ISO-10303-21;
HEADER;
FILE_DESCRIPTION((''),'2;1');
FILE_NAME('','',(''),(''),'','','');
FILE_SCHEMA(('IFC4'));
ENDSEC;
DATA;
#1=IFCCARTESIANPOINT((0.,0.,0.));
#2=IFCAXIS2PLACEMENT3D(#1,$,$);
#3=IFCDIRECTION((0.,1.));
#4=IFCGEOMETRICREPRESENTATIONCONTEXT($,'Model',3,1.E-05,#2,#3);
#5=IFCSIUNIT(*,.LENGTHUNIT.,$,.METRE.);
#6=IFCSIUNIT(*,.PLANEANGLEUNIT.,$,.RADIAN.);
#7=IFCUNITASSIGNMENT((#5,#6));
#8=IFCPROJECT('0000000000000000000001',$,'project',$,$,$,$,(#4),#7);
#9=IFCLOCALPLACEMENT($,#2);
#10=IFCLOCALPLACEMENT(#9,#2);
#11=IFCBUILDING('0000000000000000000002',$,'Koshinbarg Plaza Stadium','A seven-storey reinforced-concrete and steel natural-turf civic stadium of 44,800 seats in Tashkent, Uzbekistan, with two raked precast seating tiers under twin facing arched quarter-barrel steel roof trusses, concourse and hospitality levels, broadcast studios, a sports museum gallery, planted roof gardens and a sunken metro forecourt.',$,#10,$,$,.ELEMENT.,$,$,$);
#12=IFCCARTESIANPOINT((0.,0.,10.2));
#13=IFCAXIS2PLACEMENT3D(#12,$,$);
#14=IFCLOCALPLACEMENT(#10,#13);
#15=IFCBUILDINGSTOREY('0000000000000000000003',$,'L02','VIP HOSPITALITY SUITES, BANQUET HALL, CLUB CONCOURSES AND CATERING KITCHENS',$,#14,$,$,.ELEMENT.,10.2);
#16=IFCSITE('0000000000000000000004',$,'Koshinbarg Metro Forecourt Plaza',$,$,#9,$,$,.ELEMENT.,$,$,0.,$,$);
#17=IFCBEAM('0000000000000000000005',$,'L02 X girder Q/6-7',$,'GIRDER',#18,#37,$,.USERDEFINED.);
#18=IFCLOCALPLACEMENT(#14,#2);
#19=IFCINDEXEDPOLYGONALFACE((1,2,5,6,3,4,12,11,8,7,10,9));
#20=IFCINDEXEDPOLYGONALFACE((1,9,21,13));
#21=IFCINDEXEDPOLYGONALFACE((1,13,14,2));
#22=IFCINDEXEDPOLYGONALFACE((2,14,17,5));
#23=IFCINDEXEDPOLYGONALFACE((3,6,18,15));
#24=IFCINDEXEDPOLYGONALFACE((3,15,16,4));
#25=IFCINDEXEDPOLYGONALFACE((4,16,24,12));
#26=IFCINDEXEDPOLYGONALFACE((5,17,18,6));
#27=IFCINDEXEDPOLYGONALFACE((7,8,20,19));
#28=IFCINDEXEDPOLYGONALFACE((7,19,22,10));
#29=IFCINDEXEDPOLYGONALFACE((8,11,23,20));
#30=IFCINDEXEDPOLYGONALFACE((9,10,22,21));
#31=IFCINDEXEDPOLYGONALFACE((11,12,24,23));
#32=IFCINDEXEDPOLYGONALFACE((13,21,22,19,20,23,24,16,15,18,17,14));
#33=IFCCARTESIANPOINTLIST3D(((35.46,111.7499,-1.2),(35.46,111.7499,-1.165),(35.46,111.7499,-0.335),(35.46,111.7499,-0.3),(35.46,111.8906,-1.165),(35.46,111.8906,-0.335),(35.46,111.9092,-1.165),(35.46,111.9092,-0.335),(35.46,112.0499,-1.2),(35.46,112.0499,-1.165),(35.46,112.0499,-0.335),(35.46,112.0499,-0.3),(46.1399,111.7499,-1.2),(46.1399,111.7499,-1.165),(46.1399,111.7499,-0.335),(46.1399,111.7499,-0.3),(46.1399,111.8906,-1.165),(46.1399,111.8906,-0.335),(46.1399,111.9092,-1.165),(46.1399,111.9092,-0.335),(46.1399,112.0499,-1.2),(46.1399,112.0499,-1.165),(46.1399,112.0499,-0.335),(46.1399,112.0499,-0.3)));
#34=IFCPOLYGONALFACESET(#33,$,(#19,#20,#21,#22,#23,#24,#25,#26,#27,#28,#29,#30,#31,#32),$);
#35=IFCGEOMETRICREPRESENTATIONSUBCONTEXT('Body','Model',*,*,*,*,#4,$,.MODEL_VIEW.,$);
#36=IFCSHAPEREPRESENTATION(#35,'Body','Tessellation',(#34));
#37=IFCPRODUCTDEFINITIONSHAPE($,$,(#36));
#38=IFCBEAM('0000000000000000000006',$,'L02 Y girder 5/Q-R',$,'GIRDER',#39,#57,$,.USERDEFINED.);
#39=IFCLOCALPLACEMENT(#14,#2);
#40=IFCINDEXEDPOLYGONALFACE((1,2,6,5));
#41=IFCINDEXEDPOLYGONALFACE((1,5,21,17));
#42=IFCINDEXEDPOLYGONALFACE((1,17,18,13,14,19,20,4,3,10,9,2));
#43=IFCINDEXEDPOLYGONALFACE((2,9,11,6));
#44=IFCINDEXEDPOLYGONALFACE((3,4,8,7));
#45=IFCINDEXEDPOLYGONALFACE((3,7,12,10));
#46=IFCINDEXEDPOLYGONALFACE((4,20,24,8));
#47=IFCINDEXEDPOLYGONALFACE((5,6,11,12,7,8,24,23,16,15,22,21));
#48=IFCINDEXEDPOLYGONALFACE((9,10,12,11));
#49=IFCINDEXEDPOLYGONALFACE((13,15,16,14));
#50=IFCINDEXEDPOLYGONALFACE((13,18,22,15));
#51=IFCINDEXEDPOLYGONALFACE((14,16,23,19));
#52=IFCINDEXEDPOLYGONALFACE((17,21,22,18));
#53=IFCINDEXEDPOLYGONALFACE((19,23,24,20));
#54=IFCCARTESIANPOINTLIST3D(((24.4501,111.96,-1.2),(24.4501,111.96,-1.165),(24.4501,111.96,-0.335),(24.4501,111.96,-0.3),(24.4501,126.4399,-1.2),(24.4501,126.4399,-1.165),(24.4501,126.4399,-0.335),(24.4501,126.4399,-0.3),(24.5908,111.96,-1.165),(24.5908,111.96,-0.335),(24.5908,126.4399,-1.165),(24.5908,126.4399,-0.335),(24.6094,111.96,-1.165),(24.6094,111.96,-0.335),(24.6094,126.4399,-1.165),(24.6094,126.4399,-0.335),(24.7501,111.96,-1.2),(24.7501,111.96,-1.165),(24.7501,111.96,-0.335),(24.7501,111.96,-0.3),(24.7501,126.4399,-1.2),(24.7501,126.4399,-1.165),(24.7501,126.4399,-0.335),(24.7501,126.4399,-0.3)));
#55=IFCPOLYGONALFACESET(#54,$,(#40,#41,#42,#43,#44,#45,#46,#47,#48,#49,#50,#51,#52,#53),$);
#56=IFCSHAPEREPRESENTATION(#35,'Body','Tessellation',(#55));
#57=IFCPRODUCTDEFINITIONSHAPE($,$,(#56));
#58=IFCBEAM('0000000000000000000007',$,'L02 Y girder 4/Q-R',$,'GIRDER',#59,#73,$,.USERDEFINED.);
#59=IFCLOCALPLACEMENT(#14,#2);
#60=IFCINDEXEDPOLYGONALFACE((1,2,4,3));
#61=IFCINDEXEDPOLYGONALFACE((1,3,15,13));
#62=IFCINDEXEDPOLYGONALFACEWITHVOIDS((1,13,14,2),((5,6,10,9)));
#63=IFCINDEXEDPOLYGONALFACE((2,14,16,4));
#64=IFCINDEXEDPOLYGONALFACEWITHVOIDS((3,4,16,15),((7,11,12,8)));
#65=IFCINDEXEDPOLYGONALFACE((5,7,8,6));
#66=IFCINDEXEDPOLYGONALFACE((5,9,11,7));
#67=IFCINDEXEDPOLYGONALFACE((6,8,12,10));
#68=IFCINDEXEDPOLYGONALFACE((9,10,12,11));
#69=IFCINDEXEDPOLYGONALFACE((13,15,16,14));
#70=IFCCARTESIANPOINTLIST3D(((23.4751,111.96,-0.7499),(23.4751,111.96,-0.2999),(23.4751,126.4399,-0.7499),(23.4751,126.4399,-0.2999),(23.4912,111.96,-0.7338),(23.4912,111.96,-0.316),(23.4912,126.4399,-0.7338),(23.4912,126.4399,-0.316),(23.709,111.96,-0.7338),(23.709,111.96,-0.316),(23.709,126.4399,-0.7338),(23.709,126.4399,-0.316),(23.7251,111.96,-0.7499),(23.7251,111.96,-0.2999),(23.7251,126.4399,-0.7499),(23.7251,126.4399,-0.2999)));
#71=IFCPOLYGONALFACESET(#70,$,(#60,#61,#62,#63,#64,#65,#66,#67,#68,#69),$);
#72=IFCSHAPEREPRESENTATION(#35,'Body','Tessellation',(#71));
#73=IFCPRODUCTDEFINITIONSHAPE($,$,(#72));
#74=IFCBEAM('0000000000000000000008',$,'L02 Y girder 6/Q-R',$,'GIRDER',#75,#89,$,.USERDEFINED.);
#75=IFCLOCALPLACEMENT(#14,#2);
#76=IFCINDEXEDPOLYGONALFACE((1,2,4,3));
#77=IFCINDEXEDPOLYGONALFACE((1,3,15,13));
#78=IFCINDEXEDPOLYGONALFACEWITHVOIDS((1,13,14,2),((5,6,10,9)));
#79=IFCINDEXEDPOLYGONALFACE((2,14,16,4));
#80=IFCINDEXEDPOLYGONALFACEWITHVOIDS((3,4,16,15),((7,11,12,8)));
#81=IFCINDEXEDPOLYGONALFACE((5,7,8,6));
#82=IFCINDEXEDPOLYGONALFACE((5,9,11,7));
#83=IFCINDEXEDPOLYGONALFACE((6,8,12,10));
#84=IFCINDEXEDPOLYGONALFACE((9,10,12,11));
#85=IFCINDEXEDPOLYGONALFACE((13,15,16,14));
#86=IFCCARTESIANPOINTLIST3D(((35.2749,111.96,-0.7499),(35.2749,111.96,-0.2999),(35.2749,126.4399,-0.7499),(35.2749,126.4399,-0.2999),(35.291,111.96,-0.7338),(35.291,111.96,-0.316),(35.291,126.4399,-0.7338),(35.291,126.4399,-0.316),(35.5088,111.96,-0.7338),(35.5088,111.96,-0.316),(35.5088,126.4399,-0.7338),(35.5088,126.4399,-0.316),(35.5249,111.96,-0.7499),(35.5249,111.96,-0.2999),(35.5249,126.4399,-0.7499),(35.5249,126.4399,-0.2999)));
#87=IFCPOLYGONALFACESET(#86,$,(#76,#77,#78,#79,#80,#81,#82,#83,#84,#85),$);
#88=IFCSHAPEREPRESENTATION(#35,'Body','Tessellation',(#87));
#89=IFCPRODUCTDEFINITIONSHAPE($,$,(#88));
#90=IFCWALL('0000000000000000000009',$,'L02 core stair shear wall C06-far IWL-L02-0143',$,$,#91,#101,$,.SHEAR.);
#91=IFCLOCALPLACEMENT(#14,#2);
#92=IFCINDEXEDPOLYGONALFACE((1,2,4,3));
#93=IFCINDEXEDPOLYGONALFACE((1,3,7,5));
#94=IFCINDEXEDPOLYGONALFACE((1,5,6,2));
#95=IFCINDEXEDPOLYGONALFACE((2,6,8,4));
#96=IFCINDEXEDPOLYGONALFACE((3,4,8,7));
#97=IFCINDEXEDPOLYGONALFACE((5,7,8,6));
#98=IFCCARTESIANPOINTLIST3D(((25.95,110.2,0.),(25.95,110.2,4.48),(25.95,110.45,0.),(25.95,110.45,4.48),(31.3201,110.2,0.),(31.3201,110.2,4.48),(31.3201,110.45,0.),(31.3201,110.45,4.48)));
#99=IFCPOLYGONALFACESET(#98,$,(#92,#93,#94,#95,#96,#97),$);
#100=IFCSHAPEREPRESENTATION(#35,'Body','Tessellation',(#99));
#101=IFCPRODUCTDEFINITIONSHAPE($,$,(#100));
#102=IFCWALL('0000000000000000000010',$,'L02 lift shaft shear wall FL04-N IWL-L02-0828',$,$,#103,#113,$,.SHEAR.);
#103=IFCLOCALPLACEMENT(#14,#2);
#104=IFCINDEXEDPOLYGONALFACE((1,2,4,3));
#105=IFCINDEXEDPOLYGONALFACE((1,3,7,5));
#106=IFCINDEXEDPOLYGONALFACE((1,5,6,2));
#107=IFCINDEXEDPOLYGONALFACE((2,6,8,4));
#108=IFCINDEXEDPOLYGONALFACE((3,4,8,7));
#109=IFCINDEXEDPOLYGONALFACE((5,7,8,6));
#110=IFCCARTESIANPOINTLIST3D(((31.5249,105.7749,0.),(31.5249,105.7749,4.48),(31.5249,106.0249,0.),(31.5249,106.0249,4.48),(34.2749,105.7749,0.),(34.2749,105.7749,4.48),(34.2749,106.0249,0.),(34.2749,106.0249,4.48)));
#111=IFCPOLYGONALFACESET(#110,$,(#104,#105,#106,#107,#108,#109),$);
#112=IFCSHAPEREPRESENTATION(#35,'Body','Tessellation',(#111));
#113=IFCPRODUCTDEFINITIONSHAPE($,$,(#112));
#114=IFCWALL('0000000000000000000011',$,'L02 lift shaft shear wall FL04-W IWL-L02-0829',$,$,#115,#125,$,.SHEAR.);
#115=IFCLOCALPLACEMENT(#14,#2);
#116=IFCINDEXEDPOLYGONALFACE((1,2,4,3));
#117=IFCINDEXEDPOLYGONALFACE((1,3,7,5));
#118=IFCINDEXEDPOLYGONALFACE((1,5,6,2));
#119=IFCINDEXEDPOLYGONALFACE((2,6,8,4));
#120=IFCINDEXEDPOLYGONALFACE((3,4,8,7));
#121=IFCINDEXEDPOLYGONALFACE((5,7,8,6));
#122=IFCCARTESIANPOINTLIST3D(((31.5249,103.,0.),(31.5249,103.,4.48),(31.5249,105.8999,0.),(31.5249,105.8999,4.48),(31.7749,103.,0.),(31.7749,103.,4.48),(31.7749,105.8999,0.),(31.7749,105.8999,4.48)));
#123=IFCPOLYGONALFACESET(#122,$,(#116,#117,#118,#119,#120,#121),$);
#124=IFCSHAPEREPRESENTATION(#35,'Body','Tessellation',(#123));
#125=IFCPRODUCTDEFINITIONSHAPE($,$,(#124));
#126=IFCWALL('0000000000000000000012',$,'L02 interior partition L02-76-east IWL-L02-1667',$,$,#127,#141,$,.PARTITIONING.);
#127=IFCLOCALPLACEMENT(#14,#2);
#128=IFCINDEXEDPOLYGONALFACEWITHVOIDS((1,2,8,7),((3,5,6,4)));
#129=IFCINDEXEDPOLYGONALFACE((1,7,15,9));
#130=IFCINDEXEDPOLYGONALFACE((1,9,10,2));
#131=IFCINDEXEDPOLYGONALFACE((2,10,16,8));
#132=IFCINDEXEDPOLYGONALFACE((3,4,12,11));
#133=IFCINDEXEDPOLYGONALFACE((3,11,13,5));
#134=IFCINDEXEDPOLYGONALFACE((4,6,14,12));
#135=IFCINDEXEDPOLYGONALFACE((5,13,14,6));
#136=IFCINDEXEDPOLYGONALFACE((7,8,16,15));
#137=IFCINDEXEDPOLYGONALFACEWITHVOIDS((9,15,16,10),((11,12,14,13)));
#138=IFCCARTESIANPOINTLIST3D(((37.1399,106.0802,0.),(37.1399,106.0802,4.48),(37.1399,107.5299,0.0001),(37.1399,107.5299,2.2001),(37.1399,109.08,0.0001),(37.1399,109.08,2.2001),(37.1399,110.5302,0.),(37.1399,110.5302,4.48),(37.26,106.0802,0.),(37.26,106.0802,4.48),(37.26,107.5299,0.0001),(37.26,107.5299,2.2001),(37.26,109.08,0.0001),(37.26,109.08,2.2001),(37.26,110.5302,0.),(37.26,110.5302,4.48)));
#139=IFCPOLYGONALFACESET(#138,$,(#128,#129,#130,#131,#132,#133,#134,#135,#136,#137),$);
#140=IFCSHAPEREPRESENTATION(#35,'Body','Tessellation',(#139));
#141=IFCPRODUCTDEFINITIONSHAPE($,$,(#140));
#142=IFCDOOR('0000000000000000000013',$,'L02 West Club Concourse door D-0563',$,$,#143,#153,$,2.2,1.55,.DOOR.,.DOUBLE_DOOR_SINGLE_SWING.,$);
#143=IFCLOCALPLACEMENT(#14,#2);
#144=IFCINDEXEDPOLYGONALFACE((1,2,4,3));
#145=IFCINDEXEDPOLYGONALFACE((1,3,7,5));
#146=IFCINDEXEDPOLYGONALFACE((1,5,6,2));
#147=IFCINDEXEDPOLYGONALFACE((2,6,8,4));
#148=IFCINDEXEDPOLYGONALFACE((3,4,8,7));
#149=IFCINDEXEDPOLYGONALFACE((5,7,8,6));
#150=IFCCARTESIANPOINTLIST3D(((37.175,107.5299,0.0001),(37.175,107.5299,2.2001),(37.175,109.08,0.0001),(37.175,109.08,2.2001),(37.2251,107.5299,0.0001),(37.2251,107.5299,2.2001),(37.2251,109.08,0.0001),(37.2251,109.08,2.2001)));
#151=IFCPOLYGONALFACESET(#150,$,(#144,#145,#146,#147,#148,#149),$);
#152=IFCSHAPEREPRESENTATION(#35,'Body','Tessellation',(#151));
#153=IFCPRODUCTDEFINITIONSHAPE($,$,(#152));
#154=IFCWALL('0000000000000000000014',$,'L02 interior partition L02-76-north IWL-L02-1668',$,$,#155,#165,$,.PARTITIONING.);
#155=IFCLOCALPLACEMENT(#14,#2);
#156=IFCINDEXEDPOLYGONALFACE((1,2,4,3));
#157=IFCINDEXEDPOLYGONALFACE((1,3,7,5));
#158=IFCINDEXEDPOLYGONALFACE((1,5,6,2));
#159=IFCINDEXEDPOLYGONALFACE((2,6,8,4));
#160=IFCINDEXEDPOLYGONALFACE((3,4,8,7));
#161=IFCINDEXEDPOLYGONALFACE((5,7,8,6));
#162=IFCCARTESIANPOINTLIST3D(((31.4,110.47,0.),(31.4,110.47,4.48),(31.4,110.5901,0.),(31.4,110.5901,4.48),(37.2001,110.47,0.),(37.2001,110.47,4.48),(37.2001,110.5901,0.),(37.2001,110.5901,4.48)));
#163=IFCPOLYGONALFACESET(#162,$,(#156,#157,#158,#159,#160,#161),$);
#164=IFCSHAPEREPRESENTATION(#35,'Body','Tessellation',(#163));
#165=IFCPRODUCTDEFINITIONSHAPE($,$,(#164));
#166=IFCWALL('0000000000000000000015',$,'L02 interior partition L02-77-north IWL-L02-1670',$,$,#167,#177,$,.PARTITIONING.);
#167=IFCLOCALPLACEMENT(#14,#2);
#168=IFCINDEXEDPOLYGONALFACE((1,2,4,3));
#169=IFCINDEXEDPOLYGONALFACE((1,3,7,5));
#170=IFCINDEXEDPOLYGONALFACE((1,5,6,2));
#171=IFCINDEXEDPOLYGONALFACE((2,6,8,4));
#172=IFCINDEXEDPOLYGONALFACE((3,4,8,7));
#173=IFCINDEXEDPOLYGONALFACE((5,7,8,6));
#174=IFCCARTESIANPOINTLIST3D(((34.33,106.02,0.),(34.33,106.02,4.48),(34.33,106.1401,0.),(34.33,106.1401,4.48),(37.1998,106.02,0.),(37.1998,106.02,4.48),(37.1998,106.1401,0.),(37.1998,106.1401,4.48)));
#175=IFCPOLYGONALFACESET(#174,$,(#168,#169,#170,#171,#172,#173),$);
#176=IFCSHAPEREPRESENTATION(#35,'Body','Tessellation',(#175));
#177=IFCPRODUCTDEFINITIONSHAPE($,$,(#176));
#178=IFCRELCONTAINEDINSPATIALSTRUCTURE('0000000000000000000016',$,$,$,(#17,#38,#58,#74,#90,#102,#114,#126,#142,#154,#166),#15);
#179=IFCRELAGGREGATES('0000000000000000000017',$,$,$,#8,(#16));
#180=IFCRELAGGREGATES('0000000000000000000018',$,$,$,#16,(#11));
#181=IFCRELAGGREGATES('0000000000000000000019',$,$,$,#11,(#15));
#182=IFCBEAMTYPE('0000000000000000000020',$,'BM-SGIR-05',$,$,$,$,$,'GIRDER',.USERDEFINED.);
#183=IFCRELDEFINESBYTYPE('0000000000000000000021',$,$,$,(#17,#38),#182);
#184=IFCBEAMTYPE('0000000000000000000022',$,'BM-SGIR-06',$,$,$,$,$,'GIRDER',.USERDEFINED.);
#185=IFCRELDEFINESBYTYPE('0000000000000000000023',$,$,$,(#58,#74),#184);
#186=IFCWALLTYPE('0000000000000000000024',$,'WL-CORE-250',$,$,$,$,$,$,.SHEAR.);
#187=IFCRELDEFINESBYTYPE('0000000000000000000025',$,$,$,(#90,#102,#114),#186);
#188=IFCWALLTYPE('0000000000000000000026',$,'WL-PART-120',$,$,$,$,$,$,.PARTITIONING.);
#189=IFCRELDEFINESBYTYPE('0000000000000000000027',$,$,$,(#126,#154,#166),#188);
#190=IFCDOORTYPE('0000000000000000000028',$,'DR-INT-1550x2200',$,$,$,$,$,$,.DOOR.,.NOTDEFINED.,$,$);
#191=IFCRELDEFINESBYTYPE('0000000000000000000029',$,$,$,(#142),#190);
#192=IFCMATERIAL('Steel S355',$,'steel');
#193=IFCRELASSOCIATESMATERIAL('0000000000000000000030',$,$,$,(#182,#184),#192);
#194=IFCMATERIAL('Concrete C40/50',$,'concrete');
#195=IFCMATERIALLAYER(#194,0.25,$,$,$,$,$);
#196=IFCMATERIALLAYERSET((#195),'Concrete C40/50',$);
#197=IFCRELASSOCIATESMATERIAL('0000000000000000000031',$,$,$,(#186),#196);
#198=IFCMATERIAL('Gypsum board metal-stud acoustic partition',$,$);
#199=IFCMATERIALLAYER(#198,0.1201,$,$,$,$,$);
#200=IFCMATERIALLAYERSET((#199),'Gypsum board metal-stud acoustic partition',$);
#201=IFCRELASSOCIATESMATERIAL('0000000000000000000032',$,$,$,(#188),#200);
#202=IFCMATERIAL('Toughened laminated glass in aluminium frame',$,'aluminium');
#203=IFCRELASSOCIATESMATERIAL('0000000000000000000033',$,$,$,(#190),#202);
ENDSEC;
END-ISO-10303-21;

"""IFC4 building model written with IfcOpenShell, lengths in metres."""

from ifc_helpers import new_model, si_unit, direction, frame, frame_2d, origin, origin_2d, place, context, subcontext, project, spatial, rectangle, hollow_rectangle, i_section, extrude, material, layer, layer_set, material_profile, profile_set, type_object, element, fill, save


model = new_model("IFC4")

# Units and contexts
model_context = context("Model", 3, precision=1e-05, world=origin(), true_north=direction((0.0, 1.0)))
body_context = subcontext(model_context, "Body", "Model", "MODEL_VIEW")
ifc_project = project(units=[si_unit("LENGTHUNIT", "METRE"), si_unit("PLANEANGLEUNIT", "RADIAN")], contexts=[model_context])

# Site, building, storey
site_placement = place(None, origin())
site = spatial("IfcSite", under=ifc_project, at=site_placement, Name="Koshinbarg Metro Forecourt Plaza", CompositionType="ELEMENT", RefElevation=0.0)
building_placement = place(site_placement, origin())
building = spatial("IfcBuilding", under=site, at=building_placement, Name="Koshinbarg Plaza Stadium", Description="A seven-storey reinforced-concrete and steel natural-turf civic stadium of 44,800 seats in Tashkent, Uzbekistan, with two raked precast seating tiers under twin facing arched quarter-barrel steel roof trusses, concourse and hospitality levels, broadcast studios, a sports museum gallery, planted roof gardens and a sunken metro forecourt.", CompositionType="ELEMENT")
storey_placement = place(building_placement, frame((0.0, 0.0, 10.2)))
storey = spatial("IfcBuildingStorey", under=building, at=storey_placement, Name="L02", Description="VIP HOSPITALITY SUITES, BANQUET HALL, CLUB CONCOURSES AND CATERING KITCHENS", CompositionType="ELEMENT", Elevation=10.2)

# Shared definitions
ifc_material_1 = material(Name="Concrete C40/50", Category="concrete")
ifc_material_2 = material(Name="Steel S355", Category="steel")

# Beams
ifc_material_profile_1 = material_profile(ifc_material_2, i_section(OverallWidth=0.3, OverallDepth=0.8999, WebThickness=0.0186, FlangeThickness=0.0349, at=origin_2d()), Name="HEB 900")
ifc_profile_set_1 = profile_set([ifc_material_profile_1], Name="Steel S355")
beam_type_1 = type_object("IfcBeamType", Name="BM-SGIR-05", ElementType="GIRDER", PredefinedType="USERDEFINED", material=ifc_profile_set_1)
beam_1_placement = place(storey_placement, frame((35.46, 111.8999, -0.75), z_axis=(1.0, 0.0, 0.0), x_axis=(0.0, 1.0, 0.0)))
element("IfcBeam", 1, at=beam_1_placement, inside=storey, type_object=beam_type_1, Name="L02 X girder Q/6-7", ObjectType="GIRDER", PredefinedType="USERDEFINED", context=body_context, shape_type="SweptSolid", body=[
    extrude(i_section(OverallWidth=0.3, OverallDepth=0.8999, WebThickness=0.0186, FlangeThickness=0.0349, at=origin_2d()), origin(), (0.0, 0.0, 1.0), 10.6799),
])
beam_2_placement = place(storey_placement, frame((24.6001, 111.96, -0.75), z_axis=(0.0, 1.0, 0.0), x_axis=(-1.0, 0.0, 0.0)))
element("IfcBeam", 2, at=beam_2_placement, inside=storey, type_object=beam_type_1, Name="L02 Y girder 5/Q-R", ObjectType="GIRDER", PredefinedType="USERDEFINED", context=body_context, shape_type="SweptSolid", body=[
    extrude(i_section(OverallWidth=0.3, OverallDepth=0.8999, WebThickness=0.0186, FlangeThickness=0.0349, at=origin_2d()), origin(), (0.0, 0.0, 1.0), 14.48),
])
ifc_material_profile_2 = material_profile(ifc_material_2, hollow_rectangle(XDim=0.25, YDim=0.45, WallThickness=0.0161, at=origin_2d()), Name="RHS 450x250x16")
ifc_profile_set_2 = profile_set([ifc_material_profile_2], Name="Steel S355")
beam_type_2 = type_object("IfcBeamType", Name="BM-SGIR-06", ElementType="GIRDER", PredefinedType="USERDEFINED", material=ifc_profile_set_2)
for number, where, z_axis, x_axis, name in (
    (3, (23.6001, 111.96, -0.5249), (0.0, 1.0, 0.0), (-1.0, 0.0, 0.0), "L02 Y girder 4/Q-R"),
    (4, (35.3999, 111.96, -0.5249), (0.0, 1.0, 0.0), (-1.0, 0.0, 0.0), "L02 Y girder 6/Q-R"),
):
    element("IfcBeam", number, at=place(storey_placement, frame(where, z_axis=z_axis, x_axis=x_axis)), inside=storey, type_object=beam_type_2, Name=name, ObjectType="GIRDER", PredefinedType="USERDEFINED", context=body_context, shape_type="SweptSolid", body=[
        extrude(hollow_rectangle(XDim=0.25, YDim=0.45, WallThickness=0.0161, at=origin_2d()), origin(), (0.0, 0.0, 1.0), 14.48),
    ])

# Walls
ifc_layer_1 = layer(ifc_material_1, 0.25)
ifc_layer_set_1 = layer_set([ifc_layer_1], Name="Concrete C40/50")
wall_type_1 = type_object("IfcWallType", Name="WL-CORE-250", PredefinedType="SHEAR", material=ifc_layer_set_1)
wall_1_placement = place(storey_placement, frame((31.3201, 110.325, 0.0), z_axis=(0.0, 0.0, 1.0), x_axis=(-1.0, 0.0, 0.0)))
element("IfcWall", 5, at=wall_1_placement, inside=storey, type_object=wall_type_1, Name="L02 core stair shear wall C06-far IWL-L02-0143", PredefinedType="SHEAR", context=body_context, shape_type="SweptSolid", body=[
    extrude(rectangle(XDim=5.3701, YDim=0.25, at=frame_2d((2.6851, 0.0))), origin(), (0.0, 0.0, 1.0), 4.48),
])
wall_2_placement = place(storey_placement, frame((34.2749, 105.8999, 0.0), z_axis=(0.0, 0.0, 1.0), x_axis=(-1.0, 0.0, 0.0)))
element("IfcWall", 6, at=wall_2_placement, inside=storey, type_object=wall_type_1, Name="L02 lift shaft shear wall FL04-N IWL-L02-0828", PredefinedType="SHEAR", context=body_context, shape_type="SweptSolid", body=[
    extrude(rectangle(XDim=2.75, YDim=0.25, at=frame_2d((1.375, 0.0))), origin(), (0.0, 0.0, 1.0), 4.48),
])
wall_3_placement = place(storey_placement, frame((31.6499, 105.8999, 0.0), z_axis=(0.0, 0.0, 1.0), x_axis=(0.0, -1.0, 0.0)))
element("IfcWall", 7, at=wall_3_placement, inside=storey, type_object=wall_type_1, Name="L02 lift shaft shear wall FL04-W IWL-L02-0829", PredefinedType="SHEAR", context=body_context, shape_type="SweptSolid", body=[
    extrude(rectangle(XDim=2.8999, YDim=0.25, at=frame_2d((1.45, 0.0))), origin(), (0.0, 0.0, 1.0), 4.48),
])

# Wall, opening, door
ifc_material_3 = material(Name="Gypsum board metal-stud acoustic partition")
ifc_layer_2 = layer(ifc_material_3, 0.1201)
ifc_layer_set_2 = layer_set([ifc_layer_2], Name="Gypsum board metal-stud acoustic partition")
wall_type_2 = type_object("IfcWallType", Name="WL-PART-120", PredefinedType="PARTITIONING", material=ifc_layer_set_2)
wall_4_placement = place(storey_placement, frame((37.2, 106.0801, 0.0), z_axis=(0.0, 0.0, 1.0), x_axis=(0.0, 1.0, 0.0)))
wall_4 = element("IfcWall", 8, at=wall_4_placement, inside=storey, type_object=wall_type_2, Name="L02 interior partition L02-76-east IWL-L02-1667", PredefinedType="PARTITIONING", context=body_context, shape_type="SweptSolid", body=[
    extrude(rectangle(XDim=4.45, YDim=0.1201, at=frame_2d((2.2251, 0.0))), origin(), (0.0, 0.0, 1.0), 4.48),
])
opening_1_placement = place(wall_4_placement, frame((1.45, 0.0, 0.0)))
opening_1 = element("IfcOpeningElement", 9, at=opening_1_placement, cuts=wall_4, PredefinedType="OPENING", context=body_context, shape_type="SweptSolid", body=[
    extrude(rectangle(XDim=1.55, YDim=2.2, at=frame_2d((0.7749, 1.1001))), frame((0.0, 0.0701, 0.0), z_axis=(0.0, -1.0, 0.0), x_axis=(1.0, 0.0, 0.0)), (0.0, 0.0, 1.0), 0.1401),
])
ifc_material_4 = material(Name="Toughened laminated glass in aluminium frame", Category="aluminium")
door_type_1 = type_object("IfcDoorType", Name="DR-INT-1550x2200", OperationType="NOTDEFINED", PredefinedType="DOOR", material=ifc_material_4)
door_1_placement = place(opening_1_placement, origin())
door_1 = element("IfcDoor", 10, at=door_1_placement, inside=storey, type_object=door_type_1, Name="L02 West Club Concourse door D-0563", OperationType="DOUBLE_DOOR_SINGLE_SWING", OverallHeight=2.2, OverallWidth=1.55, PredefinedType="DOOR", context=body_context, shape_type="SweptSolid", body=[
    extrude(rectangle(XDim=1.55, YDim=2.2, at=frame_2d((0.7749, 1.1001))), frame((0.0, 0.0249, 0.0), z_axis=(0.0, -1.0, 0.0), x_axis=(1.0, 0.0, 0.0)), (0.0, 0.0, 1.0), 0.05),
])
fill(opening_1, door_1)

# Walls
wall_5_placement = place(storey_placement, frame((37.2, 110.53, 0.0), z_axis=(0.0, 0.0, 1.0), x_axis=(-1.0, 0.0, 0.0)))
element("IfcWall", 11, at=wall_5_placement, inside=storey, type_object=wall_type_2, Name="L02 interior partition L02-76-north IWL-L02-1668", PredefinedType="PARTITIONING", context=body_context, shape_type="SweptSolid", body=[
    extrude(rectangle(XDim=5.8, YDim=0.1201, at=frame_2d((2.8999, 0.0))), origin(), (0.0, 0.0, 1.0), 4.48),
])
wall_6_placement = place(storey_placement, frame((37.2, 106.0801, 0.0), z_axis=(0.0, 0.0, 1.0), x_axis=(-1.0, 0.0, 0.0)))
element("IfcWall", 12, at=wall_6_placement, inside=storey, type_object=wall_type_2, Name="L02 interior partition L02-77-north IWL-L02-1670", PredefinedType="PARTITIONING", context=body_context, shape_type="SweptSolid", body=[
    extrude(rectangle(XDim=2.8699, YDim=0.1201, at=frame_2d((1.4351, 0.0))), origin(), (0.0, 0.0, 1.0), 4.48),
])

save(model, "model.ifc")
